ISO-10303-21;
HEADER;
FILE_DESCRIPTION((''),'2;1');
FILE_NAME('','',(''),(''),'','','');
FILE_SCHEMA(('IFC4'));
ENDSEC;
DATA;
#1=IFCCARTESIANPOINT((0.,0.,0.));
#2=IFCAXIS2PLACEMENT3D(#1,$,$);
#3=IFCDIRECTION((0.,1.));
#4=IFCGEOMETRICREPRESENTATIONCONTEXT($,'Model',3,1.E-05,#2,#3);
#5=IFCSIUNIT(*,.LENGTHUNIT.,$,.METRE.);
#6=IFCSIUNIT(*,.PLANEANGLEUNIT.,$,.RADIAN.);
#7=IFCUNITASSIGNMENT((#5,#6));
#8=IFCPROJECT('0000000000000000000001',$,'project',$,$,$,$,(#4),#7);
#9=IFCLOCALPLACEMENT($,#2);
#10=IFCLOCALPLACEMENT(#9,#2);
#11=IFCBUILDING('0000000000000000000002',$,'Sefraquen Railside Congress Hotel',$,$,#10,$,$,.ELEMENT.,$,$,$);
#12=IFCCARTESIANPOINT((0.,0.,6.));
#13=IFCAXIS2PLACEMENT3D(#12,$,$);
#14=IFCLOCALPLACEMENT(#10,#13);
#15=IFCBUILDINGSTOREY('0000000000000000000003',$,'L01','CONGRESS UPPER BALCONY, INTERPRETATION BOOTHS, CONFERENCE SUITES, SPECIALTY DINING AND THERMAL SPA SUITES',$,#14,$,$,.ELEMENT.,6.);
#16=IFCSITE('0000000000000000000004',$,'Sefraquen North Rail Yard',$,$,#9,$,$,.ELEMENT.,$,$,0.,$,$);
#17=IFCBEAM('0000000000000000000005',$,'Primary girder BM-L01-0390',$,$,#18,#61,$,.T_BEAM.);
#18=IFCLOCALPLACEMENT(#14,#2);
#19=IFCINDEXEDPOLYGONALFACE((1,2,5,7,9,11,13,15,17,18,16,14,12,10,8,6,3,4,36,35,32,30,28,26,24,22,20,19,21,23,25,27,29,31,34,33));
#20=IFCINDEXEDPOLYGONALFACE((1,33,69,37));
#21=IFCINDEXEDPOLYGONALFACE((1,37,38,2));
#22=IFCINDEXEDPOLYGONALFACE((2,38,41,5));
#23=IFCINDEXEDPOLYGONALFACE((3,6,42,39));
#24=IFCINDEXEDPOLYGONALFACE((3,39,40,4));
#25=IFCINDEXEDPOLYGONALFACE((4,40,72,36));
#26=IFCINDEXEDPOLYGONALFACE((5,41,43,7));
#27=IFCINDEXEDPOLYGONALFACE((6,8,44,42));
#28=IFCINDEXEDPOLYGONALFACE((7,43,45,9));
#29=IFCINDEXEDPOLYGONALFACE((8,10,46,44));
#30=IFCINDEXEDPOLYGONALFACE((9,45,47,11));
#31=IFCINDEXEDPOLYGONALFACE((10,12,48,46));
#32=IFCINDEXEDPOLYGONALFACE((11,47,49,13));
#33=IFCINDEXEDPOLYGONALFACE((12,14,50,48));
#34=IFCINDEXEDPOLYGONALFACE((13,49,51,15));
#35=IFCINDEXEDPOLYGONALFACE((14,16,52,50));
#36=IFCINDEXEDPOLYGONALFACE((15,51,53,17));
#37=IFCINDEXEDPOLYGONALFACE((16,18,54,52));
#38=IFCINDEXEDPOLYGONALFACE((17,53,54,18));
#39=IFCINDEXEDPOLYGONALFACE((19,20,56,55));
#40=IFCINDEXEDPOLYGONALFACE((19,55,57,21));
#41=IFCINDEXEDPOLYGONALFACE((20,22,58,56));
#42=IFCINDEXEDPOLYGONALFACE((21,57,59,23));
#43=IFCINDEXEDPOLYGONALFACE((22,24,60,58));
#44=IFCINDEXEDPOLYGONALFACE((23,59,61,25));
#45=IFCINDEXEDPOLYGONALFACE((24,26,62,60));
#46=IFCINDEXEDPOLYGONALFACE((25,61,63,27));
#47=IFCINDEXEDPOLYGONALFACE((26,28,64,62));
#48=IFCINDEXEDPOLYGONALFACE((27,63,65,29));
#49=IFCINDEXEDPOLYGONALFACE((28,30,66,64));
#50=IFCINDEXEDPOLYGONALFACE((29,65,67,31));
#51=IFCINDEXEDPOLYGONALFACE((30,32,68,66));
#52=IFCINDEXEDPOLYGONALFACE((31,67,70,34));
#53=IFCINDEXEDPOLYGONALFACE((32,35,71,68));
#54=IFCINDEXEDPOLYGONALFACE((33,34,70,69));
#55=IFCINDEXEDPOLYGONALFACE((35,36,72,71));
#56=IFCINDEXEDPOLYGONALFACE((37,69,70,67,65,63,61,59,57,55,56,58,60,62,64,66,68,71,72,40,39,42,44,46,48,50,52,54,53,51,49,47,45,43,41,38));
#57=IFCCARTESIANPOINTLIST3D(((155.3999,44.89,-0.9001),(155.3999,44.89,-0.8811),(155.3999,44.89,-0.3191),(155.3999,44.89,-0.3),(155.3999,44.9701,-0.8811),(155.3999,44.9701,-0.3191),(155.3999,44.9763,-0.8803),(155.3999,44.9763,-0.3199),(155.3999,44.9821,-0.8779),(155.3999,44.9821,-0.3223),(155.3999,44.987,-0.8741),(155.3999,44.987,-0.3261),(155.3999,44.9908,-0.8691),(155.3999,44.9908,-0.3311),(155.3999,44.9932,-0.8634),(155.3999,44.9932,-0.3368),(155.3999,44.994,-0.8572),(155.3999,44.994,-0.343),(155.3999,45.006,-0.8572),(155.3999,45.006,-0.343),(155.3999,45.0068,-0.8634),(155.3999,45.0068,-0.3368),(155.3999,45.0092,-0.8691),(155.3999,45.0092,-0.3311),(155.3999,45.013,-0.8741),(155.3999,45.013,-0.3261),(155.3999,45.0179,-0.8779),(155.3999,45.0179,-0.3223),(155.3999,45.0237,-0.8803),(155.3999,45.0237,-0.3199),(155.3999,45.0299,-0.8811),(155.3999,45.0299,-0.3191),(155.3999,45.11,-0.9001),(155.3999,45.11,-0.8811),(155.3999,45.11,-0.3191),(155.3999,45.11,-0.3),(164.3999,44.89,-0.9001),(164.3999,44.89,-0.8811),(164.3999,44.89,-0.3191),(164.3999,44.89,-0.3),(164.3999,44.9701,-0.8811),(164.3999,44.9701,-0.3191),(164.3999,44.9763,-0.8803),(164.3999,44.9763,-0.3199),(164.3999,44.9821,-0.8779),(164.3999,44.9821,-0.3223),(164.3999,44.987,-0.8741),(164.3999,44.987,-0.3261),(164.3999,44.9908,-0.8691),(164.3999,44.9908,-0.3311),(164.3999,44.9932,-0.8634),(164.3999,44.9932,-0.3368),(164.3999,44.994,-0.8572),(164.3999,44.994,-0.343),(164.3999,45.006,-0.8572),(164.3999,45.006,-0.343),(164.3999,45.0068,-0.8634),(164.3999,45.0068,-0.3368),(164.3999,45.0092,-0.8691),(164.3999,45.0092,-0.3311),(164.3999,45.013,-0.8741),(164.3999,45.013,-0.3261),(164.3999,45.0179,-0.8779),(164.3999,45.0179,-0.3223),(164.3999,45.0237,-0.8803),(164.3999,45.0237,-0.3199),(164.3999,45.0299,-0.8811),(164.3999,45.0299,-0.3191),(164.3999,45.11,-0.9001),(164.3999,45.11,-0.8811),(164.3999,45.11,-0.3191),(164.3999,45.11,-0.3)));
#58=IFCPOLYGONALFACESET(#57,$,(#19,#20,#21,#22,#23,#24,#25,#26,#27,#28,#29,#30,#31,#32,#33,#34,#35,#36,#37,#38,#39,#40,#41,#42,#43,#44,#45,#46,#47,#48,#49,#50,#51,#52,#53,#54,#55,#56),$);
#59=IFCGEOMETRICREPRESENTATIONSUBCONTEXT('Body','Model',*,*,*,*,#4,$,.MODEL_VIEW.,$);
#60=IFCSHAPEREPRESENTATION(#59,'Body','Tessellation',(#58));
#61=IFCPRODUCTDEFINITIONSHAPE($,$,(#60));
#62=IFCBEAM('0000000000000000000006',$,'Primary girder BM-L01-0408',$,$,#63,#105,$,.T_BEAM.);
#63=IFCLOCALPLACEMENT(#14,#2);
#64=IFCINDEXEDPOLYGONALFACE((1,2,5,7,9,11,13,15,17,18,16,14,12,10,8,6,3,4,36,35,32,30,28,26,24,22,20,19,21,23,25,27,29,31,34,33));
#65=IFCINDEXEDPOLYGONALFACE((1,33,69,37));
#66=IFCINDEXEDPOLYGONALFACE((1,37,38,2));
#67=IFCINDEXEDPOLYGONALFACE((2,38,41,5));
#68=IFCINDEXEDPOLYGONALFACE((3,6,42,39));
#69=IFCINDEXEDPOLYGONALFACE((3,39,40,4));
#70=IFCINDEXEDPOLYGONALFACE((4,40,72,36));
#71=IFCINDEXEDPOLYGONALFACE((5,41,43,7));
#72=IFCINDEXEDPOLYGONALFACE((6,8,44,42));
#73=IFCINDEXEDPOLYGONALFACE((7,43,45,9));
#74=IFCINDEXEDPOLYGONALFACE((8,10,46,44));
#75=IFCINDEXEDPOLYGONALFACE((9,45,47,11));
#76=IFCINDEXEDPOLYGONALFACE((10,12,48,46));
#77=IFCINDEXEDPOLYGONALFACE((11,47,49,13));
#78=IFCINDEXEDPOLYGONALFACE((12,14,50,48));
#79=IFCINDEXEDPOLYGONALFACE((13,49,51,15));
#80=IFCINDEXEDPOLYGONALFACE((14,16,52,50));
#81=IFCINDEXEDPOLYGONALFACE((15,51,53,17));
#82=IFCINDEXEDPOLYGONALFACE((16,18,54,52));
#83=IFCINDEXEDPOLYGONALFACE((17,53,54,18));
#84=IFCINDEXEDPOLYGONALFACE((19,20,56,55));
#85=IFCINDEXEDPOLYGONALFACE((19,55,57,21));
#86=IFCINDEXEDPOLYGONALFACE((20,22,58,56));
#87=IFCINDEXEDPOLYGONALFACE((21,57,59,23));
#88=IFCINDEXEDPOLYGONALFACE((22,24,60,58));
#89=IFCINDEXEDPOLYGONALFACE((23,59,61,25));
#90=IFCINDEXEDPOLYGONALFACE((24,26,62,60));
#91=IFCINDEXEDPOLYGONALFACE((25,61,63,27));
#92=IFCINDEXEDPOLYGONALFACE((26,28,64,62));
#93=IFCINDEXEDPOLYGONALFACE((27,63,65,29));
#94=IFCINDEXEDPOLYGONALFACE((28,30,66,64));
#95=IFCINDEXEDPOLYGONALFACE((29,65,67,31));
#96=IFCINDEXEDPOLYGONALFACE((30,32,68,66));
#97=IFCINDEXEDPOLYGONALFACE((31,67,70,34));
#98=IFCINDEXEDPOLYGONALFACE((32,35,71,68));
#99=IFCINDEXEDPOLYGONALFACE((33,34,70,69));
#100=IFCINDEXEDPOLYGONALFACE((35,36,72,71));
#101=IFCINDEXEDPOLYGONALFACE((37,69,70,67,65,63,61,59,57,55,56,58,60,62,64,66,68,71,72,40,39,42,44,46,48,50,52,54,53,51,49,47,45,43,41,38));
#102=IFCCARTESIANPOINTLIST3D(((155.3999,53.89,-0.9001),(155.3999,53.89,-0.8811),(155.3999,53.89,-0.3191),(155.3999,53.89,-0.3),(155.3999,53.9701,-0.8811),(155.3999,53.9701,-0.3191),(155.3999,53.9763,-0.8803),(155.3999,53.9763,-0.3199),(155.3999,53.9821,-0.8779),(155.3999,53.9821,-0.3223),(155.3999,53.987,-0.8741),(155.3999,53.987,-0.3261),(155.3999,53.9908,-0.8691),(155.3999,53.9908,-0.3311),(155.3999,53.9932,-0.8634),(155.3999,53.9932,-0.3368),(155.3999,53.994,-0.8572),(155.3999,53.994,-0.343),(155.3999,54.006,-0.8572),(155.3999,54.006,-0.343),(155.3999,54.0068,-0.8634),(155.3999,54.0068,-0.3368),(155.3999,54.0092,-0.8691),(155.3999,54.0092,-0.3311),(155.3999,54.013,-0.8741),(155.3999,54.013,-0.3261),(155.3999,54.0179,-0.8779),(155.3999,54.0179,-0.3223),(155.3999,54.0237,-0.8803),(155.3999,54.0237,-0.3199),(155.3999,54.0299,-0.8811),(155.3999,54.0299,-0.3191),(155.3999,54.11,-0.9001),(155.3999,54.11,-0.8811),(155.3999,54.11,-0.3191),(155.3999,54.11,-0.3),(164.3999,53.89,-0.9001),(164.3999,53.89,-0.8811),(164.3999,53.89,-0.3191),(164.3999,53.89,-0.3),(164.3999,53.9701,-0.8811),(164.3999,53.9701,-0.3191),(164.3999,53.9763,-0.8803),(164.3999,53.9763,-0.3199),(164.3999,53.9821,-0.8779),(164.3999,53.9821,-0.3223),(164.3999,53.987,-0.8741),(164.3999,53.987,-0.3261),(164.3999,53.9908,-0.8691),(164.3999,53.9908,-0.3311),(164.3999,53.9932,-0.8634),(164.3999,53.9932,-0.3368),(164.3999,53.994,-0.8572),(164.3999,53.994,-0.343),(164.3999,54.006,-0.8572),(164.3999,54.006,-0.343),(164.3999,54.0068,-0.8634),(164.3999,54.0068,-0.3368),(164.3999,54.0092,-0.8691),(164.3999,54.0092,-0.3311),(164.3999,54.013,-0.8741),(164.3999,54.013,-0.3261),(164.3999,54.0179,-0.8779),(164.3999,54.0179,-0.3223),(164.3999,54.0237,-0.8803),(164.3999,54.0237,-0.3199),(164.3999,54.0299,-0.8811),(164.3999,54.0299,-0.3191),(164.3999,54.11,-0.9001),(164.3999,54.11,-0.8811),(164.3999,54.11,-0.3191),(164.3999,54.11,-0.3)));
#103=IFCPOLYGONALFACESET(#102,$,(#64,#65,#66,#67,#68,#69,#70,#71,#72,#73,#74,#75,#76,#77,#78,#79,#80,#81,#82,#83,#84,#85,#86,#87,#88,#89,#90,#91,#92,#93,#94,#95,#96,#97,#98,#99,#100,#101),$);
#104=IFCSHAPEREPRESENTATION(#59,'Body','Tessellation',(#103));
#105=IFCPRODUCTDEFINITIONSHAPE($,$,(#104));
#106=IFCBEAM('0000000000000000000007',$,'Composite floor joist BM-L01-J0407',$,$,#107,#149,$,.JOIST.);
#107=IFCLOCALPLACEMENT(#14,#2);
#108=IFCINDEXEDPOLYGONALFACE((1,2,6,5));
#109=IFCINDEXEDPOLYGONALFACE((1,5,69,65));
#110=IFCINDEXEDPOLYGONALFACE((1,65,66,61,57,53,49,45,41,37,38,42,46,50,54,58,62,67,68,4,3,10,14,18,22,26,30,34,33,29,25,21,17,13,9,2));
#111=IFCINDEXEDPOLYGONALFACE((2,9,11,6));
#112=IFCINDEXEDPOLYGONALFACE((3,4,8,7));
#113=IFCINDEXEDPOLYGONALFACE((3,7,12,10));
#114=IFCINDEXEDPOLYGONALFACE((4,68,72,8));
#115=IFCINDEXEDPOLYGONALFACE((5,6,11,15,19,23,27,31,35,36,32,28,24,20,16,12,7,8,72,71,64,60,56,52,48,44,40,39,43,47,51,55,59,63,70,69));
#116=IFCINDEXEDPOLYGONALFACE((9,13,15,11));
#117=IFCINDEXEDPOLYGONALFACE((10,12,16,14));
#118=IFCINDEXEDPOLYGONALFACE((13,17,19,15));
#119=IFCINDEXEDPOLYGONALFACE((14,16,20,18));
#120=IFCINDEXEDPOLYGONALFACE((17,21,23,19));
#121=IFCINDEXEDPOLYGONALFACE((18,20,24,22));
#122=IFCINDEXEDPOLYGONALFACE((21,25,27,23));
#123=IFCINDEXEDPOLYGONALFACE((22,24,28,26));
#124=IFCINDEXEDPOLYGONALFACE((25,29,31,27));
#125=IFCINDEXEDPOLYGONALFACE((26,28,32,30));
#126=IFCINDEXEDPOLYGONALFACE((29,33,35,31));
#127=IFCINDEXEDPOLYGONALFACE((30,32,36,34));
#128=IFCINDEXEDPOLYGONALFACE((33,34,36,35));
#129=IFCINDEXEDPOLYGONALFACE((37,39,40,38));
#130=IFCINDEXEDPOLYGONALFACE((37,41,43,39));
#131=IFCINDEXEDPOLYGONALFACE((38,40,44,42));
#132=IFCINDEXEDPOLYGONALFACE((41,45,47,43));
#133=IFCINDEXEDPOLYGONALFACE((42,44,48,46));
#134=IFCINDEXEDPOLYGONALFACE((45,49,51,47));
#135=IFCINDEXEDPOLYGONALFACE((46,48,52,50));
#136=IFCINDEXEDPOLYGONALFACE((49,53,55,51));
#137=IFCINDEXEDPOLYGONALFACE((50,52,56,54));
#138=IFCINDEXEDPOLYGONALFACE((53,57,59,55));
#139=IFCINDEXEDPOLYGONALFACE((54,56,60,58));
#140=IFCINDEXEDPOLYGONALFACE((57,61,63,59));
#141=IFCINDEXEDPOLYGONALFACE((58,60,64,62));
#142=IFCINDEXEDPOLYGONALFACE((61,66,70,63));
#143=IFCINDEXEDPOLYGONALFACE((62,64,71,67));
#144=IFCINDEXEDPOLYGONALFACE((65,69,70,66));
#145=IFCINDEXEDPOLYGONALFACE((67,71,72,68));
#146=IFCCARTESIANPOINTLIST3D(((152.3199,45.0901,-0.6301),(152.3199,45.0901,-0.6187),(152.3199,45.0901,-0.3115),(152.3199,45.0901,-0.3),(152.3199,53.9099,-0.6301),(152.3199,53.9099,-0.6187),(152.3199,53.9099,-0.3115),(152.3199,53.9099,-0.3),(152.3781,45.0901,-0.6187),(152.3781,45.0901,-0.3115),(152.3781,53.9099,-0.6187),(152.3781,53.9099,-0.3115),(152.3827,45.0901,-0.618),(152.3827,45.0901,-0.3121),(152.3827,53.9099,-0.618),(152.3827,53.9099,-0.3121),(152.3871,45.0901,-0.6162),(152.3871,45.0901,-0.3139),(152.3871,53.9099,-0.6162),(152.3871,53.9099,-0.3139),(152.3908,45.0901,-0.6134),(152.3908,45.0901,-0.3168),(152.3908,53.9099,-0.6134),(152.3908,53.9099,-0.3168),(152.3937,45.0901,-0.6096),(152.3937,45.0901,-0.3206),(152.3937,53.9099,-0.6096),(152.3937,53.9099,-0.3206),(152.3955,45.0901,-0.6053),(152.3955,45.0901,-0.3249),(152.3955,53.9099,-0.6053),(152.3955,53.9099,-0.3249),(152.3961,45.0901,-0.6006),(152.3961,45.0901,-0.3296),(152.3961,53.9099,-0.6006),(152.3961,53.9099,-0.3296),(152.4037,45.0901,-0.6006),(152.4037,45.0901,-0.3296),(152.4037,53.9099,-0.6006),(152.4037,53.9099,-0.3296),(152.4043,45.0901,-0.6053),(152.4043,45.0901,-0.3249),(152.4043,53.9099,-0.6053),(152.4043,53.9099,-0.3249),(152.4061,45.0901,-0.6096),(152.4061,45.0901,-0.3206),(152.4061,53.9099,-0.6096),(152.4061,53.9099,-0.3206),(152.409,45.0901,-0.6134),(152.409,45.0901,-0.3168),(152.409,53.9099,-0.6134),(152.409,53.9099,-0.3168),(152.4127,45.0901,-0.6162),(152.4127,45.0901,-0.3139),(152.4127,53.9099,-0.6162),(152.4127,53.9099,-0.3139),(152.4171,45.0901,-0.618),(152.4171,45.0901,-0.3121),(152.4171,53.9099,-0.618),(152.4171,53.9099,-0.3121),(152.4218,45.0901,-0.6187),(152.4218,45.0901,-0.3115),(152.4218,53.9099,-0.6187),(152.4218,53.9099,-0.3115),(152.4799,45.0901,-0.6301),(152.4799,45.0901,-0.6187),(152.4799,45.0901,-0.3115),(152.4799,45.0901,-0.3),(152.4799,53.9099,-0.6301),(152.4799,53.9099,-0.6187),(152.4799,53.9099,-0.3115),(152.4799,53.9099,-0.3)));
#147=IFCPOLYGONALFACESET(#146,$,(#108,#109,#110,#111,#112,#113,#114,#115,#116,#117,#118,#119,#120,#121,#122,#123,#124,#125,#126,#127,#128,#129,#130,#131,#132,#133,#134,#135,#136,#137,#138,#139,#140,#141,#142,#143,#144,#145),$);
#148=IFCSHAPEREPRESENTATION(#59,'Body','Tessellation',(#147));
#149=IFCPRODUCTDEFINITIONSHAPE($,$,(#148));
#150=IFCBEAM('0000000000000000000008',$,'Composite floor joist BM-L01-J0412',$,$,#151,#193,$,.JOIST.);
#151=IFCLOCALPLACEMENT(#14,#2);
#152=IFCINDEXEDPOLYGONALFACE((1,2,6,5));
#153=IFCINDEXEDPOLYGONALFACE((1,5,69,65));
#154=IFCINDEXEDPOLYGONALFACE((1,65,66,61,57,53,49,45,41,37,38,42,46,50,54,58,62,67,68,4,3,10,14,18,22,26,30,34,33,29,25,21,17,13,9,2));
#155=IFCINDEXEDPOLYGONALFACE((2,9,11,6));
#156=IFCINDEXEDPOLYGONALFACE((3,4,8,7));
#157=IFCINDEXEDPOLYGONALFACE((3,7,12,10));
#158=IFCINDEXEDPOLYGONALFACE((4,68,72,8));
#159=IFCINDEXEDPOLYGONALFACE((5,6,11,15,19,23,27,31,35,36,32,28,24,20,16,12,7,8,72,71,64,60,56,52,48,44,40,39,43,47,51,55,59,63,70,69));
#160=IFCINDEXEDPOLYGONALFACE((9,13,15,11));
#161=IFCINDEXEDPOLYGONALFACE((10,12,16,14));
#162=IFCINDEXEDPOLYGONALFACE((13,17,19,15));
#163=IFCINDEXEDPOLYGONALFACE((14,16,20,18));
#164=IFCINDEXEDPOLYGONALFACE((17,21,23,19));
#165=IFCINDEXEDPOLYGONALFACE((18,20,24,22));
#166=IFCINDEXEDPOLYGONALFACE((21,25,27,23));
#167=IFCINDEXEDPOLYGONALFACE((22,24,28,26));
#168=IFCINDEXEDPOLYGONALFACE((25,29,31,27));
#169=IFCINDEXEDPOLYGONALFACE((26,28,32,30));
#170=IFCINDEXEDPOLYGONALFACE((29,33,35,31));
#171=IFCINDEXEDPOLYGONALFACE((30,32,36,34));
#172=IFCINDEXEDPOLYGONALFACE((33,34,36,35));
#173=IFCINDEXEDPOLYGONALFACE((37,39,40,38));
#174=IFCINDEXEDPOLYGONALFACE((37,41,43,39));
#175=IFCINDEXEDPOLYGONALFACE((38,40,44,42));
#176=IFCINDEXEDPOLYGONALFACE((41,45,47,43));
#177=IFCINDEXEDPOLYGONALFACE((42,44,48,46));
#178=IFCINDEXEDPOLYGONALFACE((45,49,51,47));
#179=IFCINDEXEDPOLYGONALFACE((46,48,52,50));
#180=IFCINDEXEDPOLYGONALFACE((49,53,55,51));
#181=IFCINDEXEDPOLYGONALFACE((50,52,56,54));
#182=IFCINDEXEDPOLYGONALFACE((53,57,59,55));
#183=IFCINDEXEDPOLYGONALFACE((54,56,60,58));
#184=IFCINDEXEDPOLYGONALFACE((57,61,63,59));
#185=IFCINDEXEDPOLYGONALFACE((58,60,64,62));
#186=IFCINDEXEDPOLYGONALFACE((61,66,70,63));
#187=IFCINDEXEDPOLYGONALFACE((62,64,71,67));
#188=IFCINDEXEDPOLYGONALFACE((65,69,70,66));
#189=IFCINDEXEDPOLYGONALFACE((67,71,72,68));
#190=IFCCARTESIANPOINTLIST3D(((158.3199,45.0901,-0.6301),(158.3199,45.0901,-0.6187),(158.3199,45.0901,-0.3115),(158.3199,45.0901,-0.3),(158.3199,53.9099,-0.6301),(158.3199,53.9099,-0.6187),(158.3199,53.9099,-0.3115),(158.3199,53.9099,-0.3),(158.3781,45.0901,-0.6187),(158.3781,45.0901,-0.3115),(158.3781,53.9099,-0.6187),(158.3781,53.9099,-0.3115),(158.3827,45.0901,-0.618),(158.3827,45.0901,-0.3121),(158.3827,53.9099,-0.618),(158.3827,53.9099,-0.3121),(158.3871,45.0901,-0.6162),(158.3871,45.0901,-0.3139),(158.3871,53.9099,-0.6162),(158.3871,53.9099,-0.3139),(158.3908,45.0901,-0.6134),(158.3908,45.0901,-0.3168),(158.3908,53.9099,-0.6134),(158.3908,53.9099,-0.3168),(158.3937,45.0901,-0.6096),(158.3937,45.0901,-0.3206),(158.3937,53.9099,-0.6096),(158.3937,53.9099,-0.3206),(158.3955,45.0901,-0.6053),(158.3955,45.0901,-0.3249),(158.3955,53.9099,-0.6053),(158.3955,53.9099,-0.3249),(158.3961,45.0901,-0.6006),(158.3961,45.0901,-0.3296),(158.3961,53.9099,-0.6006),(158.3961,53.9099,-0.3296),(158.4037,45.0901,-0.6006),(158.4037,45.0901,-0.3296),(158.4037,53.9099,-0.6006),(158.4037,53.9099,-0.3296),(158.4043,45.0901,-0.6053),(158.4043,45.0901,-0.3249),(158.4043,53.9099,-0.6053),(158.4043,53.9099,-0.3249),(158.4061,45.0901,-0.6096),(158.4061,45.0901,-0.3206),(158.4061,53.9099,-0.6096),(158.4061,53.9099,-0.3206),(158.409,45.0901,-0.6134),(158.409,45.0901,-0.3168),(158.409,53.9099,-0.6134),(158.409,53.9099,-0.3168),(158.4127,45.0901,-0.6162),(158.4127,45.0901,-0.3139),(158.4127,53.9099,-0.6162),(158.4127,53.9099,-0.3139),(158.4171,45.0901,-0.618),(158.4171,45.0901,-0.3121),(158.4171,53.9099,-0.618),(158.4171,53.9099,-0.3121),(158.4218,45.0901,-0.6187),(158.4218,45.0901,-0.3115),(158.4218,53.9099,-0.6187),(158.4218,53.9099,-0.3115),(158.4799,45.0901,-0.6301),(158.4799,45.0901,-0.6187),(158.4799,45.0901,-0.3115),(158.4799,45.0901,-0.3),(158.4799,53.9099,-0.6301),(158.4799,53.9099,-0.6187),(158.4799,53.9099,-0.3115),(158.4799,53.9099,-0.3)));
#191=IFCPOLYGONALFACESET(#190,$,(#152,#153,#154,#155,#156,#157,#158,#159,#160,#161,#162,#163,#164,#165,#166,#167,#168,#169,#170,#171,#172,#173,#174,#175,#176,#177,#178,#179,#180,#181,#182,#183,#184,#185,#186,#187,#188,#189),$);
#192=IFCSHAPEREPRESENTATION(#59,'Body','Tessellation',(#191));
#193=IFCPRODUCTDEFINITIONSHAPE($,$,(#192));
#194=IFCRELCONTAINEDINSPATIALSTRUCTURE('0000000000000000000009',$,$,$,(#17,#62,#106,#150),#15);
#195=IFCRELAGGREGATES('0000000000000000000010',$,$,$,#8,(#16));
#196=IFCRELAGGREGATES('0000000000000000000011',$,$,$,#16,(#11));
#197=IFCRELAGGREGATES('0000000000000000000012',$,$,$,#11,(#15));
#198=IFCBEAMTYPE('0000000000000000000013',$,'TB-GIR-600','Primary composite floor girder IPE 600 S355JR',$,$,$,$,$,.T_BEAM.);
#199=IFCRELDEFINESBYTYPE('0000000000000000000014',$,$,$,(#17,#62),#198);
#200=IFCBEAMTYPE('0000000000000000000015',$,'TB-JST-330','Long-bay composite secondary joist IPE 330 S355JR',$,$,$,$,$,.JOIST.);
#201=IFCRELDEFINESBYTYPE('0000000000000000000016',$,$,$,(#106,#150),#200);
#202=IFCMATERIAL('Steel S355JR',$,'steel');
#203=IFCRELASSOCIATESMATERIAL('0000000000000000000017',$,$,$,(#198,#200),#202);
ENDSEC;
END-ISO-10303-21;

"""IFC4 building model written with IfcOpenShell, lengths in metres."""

from ifc_helpers import new_model, si_unit, direction, frame, origin, origin_2d, place, context, subcontext, project, spatial, i_section, extrude, material, material_profile, profile_set, type_object, element, save


model = new_model("IFC4")

# Units and contexts
model_context = context("Model", 3, precision=1e-05, world=origin(), true_north=direction((0.0, 1.0)))
body_context = subcontext(model_context, "Body", "Model", "MODEL_VIEW")
ifc_project = project(units=[si_unit("LENGTHUNIT", "METRE"), si_unit("PLANEANGLEUNIT", "RADIAN")], contexts=[model_context])

# Site, building, storey
site_placement = place(None, origin())
site = spatial("IfcSite", under=ifc_project, at=site_placement, Name="Sefraquen North Rail Yard", CompositionType="ELEMENT", RefElevation=0.0)
building_placement = place(site_placement, origin())
building = spatial("IfcBuilding", under=site, at=building_placement, Name="Sefraquen Railside Congress Hotel", CompositionType="ELEMENT")
storey_placement = place(building_placement, frame((0.0, 0.0, 6.0)))
storey = spatial("IfcBuildingStorey", under=building, at=storey_placement, Name="L01", Description="CONGRESS UPPER BALCONY, INTERPRETATION BOOTHS, CONFERENCE SUITES, SPECIALTY DINING AND THERMAL SPA SUITES", CompositionType="ELEMENT", Elevation=6.0)

# Shared definitions
ifc_material_1 = material(Name="Steel S355JR", Category="steel")

# Beams
ifc_material_profile_1 = material_profile(ifc_material_1, i_section(OverallWidth=0.22, OverallDepth=0.6001, WebThickness=0.012, FlangeThickness=0.019, FilletRadius=0.0239, at=origin_2d()), Name="IPE 600")
ifc_profile_set_1 = profile_set([ifc_material_profile_1], Name="Steel S355JR")
beam_type_1 = type_object("IfcBeamType", Name="TB-GIR-600", Description="Primary composite floor girder IPE 600 S355JR", PredefinedType="T_BEAM", material=ifc_profile_set_1)
for number, where, z_axis, x_axis, name in (
    (1, (155.3999, 45.0, -0.6001), (1.0, 0.0, 0.0), (0.0, 1.0, 0.0), "Primary girder BM-L01-0390"),
    (2, (155.3999, 54.0, -0.6001), (1.0, 0.0, 0.0), (0.0, 1.0, 0.0), "Primary girder BM-L01-0408"),
):
    element("IfcBeam", number, at=place(storey_placement, frame(where, z_axis=z_axis, x_axis=x_axis)), inside=storey, type_object=beam_type_1, Name=name, PredefinedType="T_BEAM", context=body_context, shape_type="SweptSolid", body=[
        extrude(i_section(OverallWidth=0.22, OverallDepth=0.6001, WebThickness=0.012, FlangeThickness=0.019, FilletRadius=0.0239, at=origin_2d()), origin(), (0.0, 0.0, 1.0), 9.0),
    ])
ifc_material_profile_2 = material_profile(ifc_material_1, i_section(OverallWidth=0.1599, OverallDepth=0.3301, WebThickness=0.0076, FlangeThickness=0.0115, FilletRadius=0.0181, at=origin_2d()), Name="IPE 330")
ifc_profile_set_2 = profile_set([ifc_material_profile_2], Name="Steel S355JR")
beam_type_2 = type_object("IfcBeamType", Name="TB-JST-330", Description="Long-bay composite secondary joist IPE 330 S355JR", PredefinedType="JOIST", material=ifc_profile_set_2)
for number, where, z_axis, x_axis, name in (
    (3, (152.3999, 45.0901, -0.4651), (0.0, 1.0, 0.0), (-1.0, 0.0, 0.0), "Composite floor joist BM-L01-J0407"),
    (4, (158.3999, 45.0901, -0.4651), (0.0, 1.0, 0.0), (-1.0, 0.0, 0.0), "Composite floor joist BM-L01-J0412"),
):
    element("IfcBeam", number, at=place(storey_placement, frame(where, z_axis=z_axis, x_axis=x_axis)), inside=storey, type_object=beam_type_2, Name=name, PredefinedType="JOIST", context=body_context, shape_type="SweptSolid", body=[
        extrude(i_section(OverallWidth=0.1599, OverallDepth=0.3301, WebThickness=0.0076, FlangeThickness=0.0115, FilletRadius=0.0181, at=origin_2d()), origin(), (0.0, 0.0, 1.0), 8.8198),
    ])

save(model, "model.ifc")
